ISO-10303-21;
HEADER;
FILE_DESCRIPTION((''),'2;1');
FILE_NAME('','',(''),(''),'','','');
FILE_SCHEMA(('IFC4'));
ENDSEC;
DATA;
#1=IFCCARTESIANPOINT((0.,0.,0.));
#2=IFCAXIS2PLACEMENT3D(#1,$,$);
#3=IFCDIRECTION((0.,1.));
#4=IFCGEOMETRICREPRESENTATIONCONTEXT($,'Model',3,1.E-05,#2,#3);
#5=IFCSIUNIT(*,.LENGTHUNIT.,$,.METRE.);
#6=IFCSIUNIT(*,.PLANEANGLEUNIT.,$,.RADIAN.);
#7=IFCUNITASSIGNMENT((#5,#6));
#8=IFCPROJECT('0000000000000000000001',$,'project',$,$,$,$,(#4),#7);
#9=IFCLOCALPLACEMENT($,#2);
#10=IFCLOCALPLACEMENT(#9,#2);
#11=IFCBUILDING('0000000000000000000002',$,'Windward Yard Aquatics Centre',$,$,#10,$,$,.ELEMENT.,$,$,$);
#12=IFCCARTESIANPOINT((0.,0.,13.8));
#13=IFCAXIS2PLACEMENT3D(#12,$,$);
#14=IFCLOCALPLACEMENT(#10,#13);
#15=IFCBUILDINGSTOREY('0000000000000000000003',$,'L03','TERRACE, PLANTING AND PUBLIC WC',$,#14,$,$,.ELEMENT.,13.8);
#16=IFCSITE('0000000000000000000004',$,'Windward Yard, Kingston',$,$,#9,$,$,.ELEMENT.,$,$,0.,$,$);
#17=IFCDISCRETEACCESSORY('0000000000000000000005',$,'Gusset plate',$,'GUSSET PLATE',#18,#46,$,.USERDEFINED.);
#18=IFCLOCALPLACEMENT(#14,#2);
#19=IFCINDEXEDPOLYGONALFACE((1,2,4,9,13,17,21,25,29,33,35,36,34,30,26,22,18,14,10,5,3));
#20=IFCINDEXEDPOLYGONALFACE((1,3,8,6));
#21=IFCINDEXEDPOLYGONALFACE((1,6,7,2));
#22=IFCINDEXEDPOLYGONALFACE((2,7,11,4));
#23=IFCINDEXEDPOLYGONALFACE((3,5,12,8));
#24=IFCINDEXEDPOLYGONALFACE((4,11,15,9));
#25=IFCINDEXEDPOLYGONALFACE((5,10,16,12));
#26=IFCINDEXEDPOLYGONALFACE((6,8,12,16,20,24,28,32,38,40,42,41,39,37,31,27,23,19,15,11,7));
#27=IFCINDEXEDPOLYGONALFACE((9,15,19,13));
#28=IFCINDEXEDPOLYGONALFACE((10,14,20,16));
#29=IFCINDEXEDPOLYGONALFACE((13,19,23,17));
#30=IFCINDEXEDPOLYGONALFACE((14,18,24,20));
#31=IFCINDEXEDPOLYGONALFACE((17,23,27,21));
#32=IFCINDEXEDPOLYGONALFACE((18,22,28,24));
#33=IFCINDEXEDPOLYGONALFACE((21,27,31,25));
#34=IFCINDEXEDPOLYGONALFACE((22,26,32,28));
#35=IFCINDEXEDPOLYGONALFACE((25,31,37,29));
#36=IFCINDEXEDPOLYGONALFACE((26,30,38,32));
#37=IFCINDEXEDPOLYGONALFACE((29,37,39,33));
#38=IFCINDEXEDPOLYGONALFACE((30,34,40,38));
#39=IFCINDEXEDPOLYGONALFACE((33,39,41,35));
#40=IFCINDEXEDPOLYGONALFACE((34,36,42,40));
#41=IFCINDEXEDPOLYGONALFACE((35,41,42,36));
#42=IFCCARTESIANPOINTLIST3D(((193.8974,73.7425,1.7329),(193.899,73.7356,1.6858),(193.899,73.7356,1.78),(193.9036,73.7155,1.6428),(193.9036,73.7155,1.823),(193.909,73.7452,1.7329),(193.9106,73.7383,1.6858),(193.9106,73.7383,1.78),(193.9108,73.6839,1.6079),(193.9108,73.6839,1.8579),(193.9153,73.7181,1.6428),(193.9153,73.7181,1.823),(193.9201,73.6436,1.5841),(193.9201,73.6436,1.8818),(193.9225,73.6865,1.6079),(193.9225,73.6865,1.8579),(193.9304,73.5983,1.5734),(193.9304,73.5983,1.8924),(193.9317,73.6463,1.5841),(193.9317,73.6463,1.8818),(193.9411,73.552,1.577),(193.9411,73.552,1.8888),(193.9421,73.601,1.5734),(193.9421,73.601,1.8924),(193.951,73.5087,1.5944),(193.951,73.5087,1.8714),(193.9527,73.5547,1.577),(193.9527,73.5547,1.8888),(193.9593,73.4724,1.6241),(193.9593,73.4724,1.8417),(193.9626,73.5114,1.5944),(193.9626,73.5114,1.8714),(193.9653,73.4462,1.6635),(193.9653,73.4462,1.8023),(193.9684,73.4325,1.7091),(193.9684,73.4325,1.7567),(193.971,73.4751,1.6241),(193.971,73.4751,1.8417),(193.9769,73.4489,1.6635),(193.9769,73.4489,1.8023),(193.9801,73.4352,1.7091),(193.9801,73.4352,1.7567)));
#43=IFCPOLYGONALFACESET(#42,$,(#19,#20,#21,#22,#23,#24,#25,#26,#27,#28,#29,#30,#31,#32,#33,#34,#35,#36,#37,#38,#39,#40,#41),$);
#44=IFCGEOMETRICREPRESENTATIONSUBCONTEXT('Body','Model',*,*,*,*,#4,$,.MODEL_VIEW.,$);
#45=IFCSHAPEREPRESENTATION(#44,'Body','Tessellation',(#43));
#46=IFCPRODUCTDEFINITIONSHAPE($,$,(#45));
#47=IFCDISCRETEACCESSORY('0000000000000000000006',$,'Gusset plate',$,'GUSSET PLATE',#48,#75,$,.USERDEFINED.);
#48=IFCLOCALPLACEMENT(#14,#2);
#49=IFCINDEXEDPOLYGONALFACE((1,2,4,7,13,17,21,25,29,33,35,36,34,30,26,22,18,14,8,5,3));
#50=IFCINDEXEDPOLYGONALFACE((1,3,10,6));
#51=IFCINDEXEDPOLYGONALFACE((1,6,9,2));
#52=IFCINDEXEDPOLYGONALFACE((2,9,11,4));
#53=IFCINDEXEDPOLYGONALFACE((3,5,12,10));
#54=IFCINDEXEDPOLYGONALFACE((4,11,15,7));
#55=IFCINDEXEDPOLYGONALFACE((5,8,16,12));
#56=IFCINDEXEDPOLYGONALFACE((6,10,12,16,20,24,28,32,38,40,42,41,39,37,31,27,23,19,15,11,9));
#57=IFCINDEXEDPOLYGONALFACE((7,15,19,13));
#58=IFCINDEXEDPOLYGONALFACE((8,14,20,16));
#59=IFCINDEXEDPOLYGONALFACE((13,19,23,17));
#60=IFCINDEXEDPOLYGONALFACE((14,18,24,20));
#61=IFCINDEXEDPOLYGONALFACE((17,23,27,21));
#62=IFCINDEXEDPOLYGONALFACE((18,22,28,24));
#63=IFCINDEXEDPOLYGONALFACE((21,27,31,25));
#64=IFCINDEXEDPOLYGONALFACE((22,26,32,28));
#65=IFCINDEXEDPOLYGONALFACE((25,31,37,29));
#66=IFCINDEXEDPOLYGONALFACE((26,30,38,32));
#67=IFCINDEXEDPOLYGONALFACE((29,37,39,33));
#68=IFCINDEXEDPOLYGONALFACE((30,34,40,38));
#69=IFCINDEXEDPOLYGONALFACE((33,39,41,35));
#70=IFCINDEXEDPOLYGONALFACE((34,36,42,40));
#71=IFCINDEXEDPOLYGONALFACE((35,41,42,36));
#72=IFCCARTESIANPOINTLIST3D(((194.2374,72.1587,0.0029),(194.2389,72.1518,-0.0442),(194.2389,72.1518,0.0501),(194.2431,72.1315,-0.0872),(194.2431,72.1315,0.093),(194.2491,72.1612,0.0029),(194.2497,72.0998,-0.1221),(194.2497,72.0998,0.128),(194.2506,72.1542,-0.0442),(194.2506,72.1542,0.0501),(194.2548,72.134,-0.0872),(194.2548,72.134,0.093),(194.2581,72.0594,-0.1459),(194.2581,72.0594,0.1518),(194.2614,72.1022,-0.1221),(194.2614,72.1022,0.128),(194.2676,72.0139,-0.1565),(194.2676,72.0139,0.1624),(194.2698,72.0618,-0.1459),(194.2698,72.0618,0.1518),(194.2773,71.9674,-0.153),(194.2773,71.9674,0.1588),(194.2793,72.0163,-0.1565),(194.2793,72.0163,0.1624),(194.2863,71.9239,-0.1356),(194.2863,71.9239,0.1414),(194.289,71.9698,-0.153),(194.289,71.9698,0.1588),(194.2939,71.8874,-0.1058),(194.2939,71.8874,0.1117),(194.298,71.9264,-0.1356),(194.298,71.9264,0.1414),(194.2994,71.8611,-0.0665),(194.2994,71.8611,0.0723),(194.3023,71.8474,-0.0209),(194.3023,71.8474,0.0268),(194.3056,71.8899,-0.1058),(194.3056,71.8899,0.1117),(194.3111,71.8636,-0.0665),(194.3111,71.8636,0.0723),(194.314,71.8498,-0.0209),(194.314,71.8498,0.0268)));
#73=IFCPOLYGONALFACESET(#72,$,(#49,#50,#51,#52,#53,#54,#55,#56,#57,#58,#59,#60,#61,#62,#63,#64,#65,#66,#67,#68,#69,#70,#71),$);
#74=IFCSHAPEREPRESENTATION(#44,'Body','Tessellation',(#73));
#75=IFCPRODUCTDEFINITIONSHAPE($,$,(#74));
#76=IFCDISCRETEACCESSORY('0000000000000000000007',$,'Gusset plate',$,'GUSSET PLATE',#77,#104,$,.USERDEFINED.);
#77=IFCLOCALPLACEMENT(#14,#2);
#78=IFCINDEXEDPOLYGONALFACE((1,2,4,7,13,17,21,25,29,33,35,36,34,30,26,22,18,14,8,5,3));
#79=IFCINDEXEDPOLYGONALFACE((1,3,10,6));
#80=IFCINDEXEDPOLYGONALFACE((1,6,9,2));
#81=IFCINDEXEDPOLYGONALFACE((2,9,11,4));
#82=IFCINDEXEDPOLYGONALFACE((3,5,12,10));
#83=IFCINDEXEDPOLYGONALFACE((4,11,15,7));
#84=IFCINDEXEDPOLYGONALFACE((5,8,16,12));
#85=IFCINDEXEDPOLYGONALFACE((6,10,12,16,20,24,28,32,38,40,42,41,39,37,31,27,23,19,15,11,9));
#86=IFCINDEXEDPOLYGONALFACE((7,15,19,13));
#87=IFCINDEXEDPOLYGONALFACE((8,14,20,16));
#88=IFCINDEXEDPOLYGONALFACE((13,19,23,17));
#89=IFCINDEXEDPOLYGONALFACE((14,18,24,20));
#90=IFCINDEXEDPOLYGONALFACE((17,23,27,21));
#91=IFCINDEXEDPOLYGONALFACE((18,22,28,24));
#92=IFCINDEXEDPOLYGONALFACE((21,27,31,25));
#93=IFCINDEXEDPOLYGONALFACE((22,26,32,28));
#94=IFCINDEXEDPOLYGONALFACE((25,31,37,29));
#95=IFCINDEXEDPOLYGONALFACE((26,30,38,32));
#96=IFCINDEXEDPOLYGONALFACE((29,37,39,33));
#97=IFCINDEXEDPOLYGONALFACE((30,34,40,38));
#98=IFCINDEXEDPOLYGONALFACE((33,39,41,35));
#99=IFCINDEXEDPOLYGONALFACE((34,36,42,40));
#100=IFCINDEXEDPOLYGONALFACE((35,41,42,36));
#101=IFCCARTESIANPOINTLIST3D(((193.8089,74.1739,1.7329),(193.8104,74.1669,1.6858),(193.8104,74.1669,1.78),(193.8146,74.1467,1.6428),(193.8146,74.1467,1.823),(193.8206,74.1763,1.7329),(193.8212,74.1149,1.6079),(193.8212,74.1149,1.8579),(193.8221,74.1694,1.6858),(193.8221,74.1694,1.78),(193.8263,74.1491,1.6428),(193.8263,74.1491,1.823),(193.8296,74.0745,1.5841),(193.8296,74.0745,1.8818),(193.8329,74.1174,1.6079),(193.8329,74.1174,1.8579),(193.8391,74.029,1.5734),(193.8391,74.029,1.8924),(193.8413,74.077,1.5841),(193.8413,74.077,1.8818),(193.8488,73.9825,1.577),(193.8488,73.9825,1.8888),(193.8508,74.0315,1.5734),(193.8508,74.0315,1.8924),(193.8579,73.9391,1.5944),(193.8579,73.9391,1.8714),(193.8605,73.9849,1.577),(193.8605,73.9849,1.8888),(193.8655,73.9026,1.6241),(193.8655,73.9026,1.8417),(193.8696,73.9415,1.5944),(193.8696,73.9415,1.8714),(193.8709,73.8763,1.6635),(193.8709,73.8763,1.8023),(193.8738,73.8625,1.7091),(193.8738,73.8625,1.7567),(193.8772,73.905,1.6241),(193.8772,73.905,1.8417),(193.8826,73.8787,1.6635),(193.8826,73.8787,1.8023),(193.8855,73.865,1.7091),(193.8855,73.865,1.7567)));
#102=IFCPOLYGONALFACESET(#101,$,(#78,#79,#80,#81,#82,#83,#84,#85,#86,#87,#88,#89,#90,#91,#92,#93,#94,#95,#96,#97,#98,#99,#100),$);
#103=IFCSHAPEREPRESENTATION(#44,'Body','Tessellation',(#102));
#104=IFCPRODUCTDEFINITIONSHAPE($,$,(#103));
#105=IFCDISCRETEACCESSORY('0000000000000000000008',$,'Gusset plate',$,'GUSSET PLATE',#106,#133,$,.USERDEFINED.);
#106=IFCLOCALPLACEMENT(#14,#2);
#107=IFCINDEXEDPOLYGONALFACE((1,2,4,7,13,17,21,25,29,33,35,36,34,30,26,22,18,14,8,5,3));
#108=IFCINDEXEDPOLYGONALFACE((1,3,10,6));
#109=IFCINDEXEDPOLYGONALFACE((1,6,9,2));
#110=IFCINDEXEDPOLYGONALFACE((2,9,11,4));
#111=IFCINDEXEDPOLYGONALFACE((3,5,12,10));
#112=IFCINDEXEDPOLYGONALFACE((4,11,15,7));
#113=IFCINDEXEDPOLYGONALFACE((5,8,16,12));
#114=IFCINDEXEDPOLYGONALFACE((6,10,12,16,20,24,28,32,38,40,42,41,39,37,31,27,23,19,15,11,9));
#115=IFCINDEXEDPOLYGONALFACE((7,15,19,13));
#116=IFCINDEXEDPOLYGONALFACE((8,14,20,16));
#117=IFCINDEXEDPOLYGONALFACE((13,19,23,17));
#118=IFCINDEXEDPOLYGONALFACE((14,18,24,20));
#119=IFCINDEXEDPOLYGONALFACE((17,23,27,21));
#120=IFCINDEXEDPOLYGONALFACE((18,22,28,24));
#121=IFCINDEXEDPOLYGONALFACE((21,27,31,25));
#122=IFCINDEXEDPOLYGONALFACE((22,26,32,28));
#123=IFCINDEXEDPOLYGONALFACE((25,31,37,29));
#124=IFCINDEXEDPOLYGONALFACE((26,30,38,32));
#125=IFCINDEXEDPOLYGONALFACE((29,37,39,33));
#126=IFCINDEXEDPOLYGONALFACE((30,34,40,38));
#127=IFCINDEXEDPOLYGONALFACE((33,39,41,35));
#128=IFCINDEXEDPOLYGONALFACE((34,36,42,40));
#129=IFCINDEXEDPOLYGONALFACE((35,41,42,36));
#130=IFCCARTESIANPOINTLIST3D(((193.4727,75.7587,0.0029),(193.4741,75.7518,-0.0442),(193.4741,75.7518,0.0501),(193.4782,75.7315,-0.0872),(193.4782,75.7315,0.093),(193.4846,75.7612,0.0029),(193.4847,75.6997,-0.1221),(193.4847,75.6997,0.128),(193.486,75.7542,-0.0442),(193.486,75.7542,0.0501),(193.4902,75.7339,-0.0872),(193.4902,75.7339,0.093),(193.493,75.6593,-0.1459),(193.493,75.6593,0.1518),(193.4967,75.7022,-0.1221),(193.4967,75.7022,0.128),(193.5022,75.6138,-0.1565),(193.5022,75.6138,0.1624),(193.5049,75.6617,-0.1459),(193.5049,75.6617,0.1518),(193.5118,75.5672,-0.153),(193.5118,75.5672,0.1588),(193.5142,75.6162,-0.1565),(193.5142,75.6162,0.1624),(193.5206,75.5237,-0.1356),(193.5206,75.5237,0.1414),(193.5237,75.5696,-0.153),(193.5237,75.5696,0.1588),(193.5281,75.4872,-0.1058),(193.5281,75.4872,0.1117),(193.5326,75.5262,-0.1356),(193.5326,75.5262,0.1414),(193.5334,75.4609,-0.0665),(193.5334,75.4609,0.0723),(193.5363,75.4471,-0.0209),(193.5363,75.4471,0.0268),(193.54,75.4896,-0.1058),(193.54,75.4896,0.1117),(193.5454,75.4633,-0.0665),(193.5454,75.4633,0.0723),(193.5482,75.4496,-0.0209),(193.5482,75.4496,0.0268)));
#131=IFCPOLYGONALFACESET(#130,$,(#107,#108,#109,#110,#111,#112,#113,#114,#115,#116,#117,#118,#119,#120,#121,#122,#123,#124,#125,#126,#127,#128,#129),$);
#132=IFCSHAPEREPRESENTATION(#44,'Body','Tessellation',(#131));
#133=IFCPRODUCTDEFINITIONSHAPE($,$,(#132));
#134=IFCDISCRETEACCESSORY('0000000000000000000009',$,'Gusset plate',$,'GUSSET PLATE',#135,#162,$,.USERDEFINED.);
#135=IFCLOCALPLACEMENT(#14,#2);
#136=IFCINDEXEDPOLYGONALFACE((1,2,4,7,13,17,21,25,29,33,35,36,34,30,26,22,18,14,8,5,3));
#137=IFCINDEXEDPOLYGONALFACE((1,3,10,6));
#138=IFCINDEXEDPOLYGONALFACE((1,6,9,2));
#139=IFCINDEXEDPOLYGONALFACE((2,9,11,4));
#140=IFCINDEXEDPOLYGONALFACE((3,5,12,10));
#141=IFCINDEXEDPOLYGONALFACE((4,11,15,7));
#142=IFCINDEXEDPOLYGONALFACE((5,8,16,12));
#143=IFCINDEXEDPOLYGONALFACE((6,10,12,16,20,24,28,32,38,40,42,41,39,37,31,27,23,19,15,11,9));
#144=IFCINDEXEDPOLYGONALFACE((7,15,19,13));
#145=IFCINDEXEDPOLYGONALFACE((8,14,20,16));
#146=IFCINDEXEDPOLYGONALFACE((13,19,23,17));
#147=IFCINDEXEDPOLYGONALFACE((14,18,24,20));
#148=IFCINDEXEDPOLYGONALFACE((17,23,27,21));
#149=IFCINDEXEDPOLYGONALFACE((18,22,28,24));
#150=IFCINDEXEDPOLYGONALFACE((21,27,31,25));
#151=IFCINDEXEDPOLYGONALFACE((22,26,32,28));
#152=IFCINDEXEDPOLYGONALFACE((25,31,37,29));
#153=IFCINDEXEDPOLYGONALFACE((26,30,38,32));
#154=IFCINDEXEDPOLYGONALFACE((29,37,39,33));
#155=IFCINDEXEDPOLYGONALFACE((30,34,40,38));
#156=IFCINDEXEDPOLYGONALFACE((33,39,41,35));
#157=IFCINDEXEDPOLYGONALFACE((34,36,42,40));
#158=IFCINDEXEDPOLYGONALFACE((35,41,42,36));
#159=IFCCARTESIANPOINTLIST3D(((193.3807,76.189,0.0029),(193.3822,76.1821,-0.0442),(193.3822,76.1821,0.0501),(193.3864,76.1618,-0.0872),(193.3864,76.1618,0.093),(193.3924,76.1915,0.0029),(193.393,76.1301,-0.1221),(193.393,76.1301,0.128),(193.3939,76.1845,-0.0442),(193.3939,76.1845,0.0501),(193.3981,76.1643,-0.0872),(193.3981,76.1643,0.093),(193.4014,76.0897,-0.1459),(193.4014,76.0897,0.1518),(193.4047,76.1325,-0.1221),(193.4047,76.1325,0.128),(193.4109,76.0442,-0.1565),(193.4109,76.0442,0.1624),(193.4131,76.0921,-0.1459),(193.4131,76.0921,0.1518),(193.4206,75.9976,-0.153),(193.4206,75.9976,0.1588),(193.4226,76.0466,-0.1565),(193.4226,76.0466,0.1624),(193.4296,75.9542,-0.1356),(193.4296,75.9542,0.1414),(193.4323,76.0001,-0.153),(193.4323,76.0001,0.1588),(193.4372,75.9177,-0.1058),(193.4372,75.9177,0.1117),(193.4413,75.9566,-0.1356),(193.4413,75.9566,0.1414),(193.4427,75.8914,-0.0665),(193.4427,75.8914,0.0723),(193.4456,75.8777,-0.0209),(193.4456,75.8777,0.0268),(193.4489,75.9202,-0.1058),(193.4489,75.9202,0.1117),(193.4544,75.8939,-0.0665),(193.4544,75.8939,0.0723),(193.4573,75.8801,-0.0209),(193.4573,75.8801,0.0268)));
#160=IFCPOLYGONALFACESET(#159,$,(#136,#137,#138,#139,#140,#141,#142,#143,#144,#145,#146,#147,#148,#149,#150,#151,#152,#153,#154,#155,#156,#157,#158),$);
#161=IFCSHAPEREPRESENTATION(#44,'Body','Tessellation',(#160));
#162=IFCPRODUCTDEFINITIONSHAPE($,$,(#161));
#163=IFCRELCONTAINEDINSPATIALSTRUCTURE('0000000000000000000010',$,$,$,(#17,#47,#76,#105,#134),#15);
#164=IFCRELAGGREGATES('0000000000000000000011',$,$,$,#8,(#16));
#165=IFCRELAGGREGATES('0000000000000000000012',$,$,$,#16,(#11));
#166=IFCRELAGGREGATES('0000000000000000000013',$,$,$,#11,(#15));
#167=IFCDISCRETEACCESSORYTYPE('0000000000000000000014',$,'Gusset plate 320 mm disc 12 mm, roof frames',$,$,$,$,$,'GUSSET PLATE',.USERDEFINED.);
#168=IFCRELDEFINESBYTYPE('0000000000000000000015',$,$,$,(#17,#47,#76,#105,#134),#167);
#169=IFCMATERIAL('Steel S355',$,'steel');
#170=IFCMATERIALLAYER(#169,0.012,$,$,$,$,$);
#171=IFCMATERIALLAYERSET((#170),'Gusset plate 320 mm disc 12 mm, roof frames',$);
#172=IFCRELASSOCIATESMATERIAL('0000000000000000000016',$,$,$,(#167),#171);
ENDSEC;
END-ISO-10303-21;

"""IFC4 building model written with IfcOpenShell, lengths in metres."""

from ifc_helpers import new_model, si_unit, direction, frame, origin, origin_2d, place, context, subcontext, project, spatial, circle, extrude, material, layer, layer_set, type_object, element, save


model = new_model("IFC4")

# Units and contexts
model_context = context("Model", 3, precision=1e-05, world=origin(), true_north=direction((0.0, 1.0)))
body_context = subcontext(model_context, "Body", "Model", "MODEL_VIEW")
ifc_project = project(units=[si_unit("LENGTHUNIT", "METRE"), si_unit("PLANEANGLEUNIT", "RADIAN")], contexts=[model_context])

# Site, building, storey
site_placement = place(None, origin())
site = spatial("IfcSite", under=ifc_project, at=site_placement, Name="Windward Yard, Kingston", CompositionType="ELEMENT", RefElevation=0.0)
building_placement = place(site_placement, origin())
building = spatial("IfcBuilding", under=site, at=building_placement, Name="Windward Yard Aquatics Centre", CompositionType="ELEMENT")
storey_placement = place(building_placement, frame((0.0, 0.0, 13.8)))
storey = spatial("IfcBuildingStorey", under=building, at=storey_placement, Name="L03", Description="TERRACE, PLANTING AND PUBLIC WC", CompositionType="ELEMENT", Elevation=13.8)

# Discrete accessories
ifc_material_1 = material(Name="Steel S355", Category="steel")
ifc_layer = layer(ifc_material_1, 0.012)
ifc_layer_set = layer_set([ifc_layer], Name="Gusset plate 320 mm disc 12 mm, roof frames")
discrete_accessory_type = type_object("IfcDiscreteAccessoryType", Name="Gusset plate 320 mm disc 12 mm, roof frames", ElementType="GUSSET PLATE", PredefinedType="USERDEFINED", material=ifc_layer_set)
for number, where, z_axis, x_axis, name in (
    (1, (193.9331, 73.5867, 1.7329), (0.974732, 0.223376, 0.0), (-0.223376, 0.974732, 0.0), "Gusset plate"),
    (2, (194.27, 72.0022, 0.0029), (0.97898, 0.203954, 0.0), (-0.203954, 0.97898, 0.0), "Gusset plate"),
    (3, (193.8416, 74.0173, 1.7329), (0.97898, 0.203954, 0.0), (-0.203954, 0.97898, 0.0), "Gusset plate"),
):
    element("IfcDiscreteAccessory", number, at=place(storey_placement, frame(where, z_axis=z_axis, x_axis=x_axis)), inside=storey, type_object=discrete_accessory_type, Name=name, ObjectType="GUSSET PLATE", PredefinedType="USERDEFINED", context=body_context, shape_type="SweptSolid", body=[
        extrude(circle(Radius=0.1599, at=origin_2d()), origin(), (0.0, 0.0, 1.0), 0.012),
    ])
discrete_accessory_1_placement = place(storey_placement, frame((193.5046, 75.6021, 0.0029), z_axis=(0.979804, 0.19996, 0.0), x_axis=(-0.19996, 0.979804, 0.0)))
element("IfcDiscreteAccessory", 4, at=discrete_accessory_1_placement, inside=storey, type_object=discrete_accessory_type, Name="Gusset plate", ObjectType="GUSSET PLATE", PredefinedType="USERDEFINED", context=body_context, shape_type="SweptSolid", body=[
    extrude(circle(Radius=0.1599, at=origin_2d()), origin(), (0.0, 0.0, 1.0), 0.0122),
])
discrete_accessory_2_placement = place(storey_placement, frame((193.4133, 76.0325, 0.0029), z_axis=(0.97898, 0.203954, 0.0), x_axis=(-0.203954, 0.97898, 0.0)))
element("IfcDiscreteAccessory", 5, at=discrete_accessory_2_placement, inside=storey, type_object=discrete_accessory_type, Name="Gusset plate", ObjectType="GUSSET PLATE", PredefinedType="USERDEFINED", context=body_context, shape_type="SweptSolid", body=[
    extrude(circle(Radius=0.1599, at=origin_2d()), origin(), (0.0, 0.0, 1.0), 0.012),
])

save(model, "model.ifc")
